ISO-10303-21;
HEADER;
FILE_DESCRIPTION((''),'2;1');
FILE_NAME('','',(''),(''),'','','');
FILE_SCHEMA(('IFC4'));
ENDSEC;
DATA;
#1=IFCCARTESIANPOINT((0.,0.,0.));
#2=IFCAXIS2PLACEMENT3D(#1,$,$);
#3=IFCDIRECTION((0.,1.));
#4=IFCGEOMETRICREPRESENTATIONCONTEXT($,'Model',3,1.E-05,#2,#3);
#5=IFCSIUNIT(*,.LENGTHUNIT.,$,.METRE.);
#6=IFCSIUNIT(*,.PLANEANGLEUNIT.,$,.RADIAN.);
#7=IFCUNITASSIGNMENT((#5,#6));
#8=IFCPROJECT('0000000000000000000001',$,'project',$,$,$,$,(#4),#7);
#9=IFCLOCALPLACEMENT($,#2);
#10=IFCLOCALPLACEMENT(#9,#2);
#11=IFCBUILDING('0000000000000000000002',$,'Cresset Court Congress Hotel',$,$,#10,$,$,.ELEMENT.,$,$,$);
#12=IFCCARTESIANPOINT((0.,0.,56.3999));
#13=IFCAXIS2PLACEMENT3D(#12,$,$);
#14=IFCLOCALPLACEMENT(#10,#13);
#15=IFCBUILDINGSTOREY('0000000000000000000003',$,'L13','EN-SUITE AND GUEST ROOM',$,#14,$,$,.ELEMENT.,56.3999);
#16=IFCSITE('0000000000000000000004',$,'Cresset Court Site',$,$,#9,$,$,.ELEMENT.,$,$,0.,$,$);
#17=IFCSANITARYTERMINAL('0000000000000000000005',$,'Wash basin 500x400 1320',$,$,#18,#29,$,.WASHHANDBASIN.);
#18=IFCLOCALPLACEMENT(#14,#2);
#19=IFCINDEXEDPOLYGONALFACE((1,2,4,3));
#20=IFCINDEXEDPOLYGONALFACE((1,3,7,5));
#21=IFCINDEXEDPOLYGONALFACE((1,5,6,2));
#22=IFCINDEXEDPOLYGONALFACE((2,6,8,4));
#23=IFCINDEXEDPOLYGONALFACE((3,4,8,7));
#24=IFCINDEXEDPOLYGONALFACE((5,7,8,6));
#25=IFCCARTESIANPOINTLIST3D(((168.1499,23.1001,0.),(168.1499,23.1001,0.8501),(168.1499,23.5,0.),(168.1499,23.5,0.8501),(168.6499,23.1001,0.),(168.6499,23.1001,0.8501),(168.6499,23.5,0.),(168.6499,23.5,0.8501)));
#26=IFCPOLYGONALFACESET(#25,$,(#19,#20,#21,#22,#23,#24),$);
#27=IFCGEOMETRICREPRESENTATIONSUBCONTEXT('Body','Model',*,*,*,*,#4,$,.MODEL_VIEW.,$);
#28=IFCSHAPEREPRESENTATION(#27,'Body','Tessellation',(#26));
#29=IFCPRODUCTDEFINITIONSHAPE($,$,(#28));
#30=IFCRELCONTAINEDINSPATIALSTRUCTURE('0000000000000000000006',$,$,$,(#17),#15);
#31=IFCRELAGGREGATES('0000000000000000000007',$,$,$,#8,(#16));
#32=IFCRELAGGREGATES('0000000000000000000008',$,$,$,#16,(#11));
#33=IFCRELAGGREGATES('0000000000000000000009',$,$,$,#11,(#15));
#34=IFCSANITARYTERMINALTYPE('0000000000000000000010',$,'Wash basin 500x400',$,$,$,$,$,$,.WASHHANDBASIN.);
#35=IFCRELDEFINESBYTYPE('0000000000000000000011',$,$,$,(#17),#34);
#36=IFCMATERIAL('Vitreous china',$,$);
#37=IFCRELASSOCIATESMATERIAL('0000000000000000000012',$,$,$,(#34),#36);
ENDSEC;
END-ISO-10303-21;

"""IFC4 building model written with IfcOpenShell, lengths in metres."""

from ifc_helpers import new_model, si_unit, direction, frame, origin, origin_2d, place, context, subcontext, project, spatial, rectangle, extrude, material, type_object, element, save


model = new_model("IFC4")

# Units and contexts
model_context = context("Model", 3, precision=1e-05, world=origin(), true_north=direction((0.0, 1.0)))
body_context = subcontext(model_context, "Body", "Model", "MODEL_VIEW")
ifc_project = project(units=[si_unit("LENGTHUNIT", "METRE"), si_unit("PLANEANGLEUNIT", "RADIAN")], contexts=[model_context])

# Site, building, storey
site_placement = place(None, origin())
site = spatial("IfcSite", under=ifc_project, at=site_placement, Name="Cresset Court Site", CompositionType="ELEMENT", RefElevation=0.0)
building_placement = place(site_placement, origin())
building = spatial("IfcBuilding", under=site, at=building_placement, Name="Cresset Court Congress Hotel", CompositionType="ELEMENT")
storey_placement = place(building_placement, frame((0.0, 0.0, 56.3999)))
storey = spatial("IfcBuildingStorey", under=building, at=storey_placement, Name="L13", Description="EN-SUITE AND GUEST ROOM", CompositionType="ELEMENT", Elevation=56.3999)

# Sanitary terminal
ifc_material_1 = material(Name="Vitreous china")
sanitary_terminal_type_1 = type_object("IfcSanitaryTerminalType", Name="Wash basin 500x400", PredefinedType="WASHHANDBASIN", material=ifc_material_1)
sanitary_terminal_1_placement = place(storey_placement, frame((168.3999, 23.3, 0.0), z_axis=(0.0, 0.0, 1.0), x_axis=(1.0, 0.0, 0.0)))
element("IfcSanitaryTerminal", 1, at=sanitary_terminal_1_placement, inside=storey, type_object=sanitary_terminal_type_1, Name="Wash basin 500x400 1320", PredefinedType="WASHHANDBASIN", context=body_context, shape_type="SweptSolid", body=[
    extrude(rectangle(XDim=0.5, YDim=0.3999, at=origin_2d()), origin(), (0.0, 0.0, 1.0), 0.8501),
])

save(model, "model.ifc")
